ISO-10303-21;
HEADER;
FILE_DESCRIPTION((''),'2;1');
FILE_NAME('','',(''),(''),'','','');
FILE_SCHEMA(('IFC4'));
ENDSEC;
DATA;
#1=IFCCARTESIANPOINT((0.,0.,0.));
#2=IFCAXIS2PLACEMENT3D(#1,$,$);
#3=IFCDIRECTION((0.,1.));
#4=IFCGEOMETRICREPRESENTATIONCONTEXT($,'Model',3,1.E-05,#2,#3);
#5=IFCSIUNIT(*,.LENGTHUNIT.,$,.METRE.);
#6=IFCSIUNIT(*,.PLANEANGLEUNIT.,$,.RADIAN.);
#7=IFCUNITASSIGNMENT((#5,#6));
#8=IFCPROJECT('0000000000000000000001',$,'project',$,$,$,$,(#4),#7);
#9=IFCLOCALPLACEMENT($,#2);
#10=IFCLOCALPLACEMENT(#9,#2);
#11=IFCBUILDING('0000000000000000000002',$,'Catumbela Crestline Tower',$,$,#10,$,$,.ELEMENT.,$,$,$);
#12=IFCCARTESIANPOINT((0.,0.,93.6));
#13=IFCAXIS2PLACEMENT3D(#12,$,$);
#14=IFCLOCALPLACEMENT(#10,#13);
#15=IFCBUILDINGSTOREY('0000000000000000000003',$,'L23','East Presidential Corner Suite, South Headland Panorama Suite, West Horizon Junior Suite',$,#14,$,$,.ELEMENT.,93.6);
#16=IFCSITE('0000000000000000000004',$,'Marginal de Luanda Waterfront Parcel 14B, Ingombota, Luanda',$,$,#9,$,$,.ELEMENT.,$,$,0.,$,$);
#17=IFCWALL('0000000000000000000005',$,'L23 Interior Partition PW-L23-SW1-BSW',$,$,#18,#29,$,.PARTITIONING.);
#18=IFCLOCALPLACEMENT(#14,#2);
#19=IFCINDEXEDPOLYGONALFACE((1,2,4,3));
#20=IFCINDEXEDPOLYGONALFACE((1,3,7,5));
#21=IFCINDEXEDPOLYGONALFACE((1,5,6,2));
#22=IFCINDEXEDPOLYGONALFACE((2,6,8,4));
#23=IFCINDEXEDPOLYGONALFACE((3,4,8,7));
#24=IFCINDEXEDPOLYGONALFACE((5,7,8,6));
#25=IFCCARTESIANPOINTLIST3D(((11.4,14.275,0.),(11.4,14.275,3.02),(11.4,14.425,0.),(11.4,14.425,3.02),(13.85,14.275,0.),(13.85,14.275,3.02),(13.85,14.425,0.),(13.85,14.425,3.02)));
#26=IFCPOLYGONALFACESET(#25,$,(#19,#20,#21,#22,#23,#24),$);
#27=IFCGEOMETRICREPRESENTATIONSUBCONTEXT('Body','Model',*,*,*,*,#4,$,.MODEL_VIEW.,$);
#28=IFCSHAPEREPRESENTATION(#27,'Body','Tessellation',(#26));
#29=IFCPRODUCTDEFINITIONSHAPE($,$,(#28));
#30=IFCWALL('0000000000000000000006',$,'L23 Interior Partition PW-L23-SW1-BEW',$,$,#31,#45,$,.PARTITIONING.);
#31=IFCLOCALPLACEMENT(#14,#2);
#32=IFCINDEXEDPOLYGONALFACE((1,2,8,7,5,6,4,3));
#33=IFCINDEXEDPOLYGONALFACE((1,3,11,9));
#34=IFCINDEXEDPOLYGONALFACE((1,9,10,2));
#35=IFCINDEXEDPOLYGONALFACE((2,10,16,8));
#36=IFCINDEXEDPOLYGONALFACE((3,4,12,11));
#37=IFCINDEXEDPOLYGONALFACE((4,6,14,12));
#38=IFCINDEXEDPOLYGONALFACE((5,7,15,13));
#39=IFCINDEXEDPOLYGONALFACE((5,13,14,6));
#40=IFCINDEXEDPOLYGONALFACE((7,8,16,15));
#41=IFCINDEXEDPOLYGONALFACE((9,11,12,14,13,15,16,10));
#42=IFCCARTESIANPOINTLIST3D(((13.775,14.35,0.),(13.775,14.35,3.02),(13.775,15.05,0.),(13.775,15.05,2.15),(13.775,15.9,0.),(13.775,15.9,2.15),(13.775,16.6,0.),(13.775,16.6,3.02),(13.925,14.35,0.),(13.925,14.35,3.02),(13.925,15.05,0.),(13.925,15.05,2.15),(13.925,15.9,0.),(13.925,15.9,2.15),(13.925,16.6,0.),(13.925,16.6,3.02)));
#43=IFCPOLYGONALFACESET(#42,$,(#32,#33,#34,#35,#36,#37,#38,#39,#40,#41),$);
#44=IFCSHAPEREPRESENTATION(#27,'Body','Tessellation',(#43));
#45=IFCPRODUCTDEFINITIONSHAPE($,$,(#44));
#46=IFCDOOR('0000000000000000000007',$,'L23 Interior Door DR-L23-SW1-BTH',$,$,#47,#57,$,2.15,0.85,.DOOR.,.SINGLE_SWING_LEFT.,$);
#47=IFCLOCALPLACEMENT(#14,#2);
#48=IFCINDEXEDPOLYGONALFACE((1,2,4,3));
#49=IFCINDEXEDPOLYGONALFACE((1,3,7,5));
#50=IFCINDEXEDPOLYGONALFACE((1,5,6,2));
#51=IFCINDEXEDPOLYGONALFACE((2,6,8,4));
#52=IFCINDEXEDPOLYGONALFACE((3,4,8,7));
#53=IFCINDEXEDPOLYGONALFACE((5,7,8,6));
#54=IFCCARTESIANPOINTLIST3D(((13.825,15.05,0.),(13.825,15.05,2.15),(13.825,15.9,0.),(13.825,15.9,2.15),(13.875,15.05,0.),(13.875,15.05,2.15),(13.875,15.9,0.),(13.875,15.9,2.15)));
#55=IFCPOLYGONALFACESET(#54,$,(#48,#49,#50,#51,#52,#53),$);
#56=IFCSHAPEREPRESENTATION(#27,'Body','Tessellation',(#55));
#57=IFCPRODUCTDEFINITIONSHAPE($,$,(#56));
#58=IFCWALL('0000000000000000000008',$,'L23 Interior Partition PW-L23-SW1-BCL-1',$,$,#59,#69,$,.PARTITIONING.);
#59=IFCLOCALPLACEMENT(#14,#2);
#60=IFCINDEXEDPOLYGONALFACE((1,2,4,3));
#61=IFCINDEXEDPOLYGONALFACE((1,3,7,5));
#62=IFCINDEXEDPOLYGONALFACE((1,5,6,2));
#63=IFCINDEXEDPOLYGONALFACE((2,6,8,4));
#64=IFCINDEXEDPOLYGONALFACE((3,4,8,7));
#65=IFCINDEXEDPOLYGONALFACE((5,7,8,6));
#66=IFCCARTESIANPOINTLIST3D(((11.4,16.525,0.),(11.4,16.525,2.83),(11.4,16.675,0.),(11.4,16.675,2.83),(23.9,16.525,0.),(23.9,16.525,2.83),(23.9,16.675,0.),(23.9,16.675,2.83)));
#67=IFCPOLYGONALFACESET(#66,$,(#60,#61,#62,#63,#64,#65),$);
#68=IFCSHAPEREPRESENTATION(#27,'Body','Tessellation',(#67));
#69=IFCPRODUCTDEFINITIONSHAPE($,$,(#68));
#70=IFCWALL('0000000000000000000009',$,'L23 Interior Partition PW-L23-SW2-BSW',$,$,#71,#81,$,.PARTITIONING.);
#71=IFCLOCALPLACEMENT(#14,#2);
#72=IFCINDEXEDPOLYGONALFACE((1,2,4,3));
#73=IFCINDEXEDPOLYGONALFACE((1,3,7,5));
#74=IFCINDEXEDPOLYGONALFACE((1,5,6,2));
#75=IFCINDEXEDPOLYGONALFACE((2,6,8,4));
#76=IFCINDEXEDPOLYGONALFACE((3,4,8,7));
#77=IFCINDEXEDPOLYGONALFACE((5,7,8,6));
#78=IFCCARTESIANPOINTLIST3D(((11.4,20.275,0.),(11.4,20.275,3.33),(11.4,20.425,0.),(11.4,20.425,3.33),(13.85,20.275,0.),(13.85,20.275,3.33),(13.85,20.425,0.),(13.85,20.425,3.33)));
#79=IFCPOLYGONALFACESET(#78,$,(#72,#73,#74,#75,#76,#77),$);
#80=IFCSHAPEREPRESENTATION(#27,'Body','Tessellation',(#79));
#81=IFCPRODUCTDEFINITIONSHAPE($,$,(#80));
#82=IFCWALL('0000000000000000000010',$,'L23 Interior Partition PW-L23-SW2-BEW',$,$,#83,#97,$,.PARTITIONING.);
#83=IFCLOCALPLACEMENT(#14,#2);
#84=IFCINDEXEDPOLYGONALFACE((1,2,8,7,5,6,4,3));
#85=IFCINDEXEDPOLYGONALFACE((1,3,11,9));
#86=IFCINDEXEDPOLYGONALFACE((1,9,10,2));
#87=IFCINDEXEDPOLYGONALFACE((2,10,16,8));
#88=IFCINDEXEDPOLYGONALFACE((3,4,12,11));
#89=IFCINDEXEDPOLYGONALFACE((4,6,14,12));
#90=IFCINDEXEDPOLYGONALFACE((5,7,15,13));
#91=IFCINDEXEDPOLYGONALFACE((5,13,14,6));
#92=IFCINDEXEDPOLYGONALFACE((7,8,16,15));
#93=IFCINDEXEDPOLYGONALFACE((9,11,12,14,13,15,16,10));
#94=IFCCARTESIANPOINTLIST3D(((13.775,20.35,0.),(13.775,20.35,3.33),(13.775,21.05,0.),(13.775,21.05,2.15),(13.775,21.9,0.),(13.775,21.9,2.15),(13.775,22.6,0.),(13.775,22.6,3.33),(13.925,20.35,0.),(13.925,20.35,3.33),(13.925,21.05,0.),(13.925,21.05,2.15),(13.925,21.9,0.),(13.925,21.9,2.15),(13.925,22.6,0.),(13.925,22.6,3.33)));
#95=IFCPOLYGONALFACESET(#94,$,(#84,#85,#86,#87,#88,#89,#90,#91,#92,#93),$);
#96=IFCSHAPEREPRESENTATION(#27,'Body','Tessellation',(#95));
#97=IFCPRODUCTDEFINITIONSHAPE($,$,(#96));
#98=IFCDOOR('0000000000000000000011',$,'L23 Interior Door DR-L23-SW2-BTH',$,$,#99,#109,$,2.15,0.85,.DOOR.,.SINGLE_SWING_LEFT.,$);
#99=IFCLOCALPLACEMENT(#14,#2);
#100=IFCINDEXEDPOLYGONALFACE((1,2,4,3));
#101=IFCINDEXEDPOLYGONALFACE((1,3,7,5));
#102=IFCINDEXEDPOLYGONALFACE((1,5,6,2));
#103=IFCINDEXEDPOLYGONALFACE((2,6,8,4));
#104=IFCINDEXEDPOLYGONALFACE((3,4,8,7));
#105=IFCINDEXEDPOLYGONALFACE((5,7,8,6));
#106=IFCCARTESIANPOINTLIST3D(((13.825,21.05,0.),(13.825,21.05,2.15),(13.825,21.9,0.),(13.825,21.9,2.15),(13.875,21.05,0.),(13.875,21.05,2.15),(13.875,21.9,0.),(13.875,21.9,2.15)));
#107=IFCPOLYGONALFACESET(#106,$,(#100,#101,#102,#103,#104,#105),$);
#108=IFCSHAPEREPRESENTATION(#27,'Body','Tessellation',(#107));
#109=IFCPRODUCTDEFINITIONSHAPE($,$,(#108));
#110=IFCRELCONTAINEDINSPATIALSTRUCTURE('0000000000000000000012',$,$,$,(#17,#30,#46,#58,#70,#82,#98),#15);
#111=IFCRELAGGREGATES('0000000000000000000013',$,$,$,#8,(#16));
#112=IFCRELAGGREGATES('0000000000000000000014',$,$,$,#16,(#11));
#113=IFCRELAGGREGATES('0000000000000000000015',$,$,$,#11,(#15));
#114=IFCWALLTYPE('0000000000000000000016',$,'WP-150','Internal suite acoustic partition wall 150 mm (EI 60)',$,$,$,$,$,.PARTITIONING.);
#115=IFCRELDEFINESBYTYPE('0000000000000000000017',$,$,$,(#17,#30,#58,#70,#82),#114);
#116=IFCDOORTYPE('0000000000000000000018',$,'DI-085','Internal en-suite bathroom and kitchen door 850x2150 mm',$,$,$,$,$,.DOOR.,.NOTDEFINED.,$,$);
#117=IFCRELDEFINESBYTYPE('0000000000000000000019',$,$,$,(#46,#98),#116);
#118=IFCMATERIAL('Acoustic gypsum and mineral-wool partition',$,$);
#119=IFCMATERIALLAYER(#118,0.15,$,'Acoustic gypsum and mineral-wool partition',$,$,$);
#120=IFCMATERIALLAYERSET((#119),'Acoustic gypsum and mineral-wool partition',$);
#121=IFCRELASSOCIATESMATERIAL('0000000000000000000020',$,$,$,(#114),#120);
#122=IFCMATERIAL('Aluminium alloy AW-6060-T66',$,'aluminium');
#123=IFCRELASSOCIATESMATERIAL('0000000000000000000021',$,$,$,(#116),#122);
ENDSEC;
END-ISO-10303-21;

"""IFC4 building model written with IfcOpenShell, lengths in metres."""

from ifc_helpers import new_model, si_unit, direction, frame, frame_2d, origin, place, context, subcontext, project, spatial, rectangle, extrude, material, layer, layer_set, type_object, element, fill, save


model = new_model("IFC4")

# Units and contexts
model_context = context("Model", 3, precision=1e-05, world=origin(), true_north=direction((0.0, 1.0)))
body_context = subcontext(model_context, "Body", "Model", "MODEL_VIEW")
ifc_project = project(units=[si_unit("LENGTHUNIT", "METRE"), si_unit("PLANEANGLEUNIT", "RADIAN")], contexts=[model_context])

# Site, building, storey
site_placement = place(None, origin())
site = spatial("IfcSite", under=ifc_project, at=site_placement, Name="Marginal de Luanda Waterfront Parcel 14B, Ingombota, Luanda", CompositionType="ELEMENT", RefElevation=0.0)
building_placement = place(site_placement, origin())
building = spatial("IfcBuilding", under=site, at=building_placement, Name="Catumbela Crestline Tower", CompositionType="ELEMENT")
storey_placement = place(building_placement, frame((0.0, 0.0, 93.6)))
storey = spatial("IfcBuildingStorey", under=building, at=storey_placement, Name="L23", Description="East Presidential Corner Suite, South Headland Panorama Suite, West Horizon Junior Suite", CompositionType="ELEMENT", Elevation=93.6)

# Wall
ifc_material_1 = material(Name="Acoustic gypsum and mineral-wool partition")
ifc_layer = layer(ifc_material_1, 0.15, Name="Acoustic gypsum and mineral-wool partition")
ifc_layer_set = layer_set([ifc_layer], Name="Acoustic gypsum and mineral-wool partition")
wall_type = type_object("IfcWallType", Name="WP-150", Description="Internal suite acoustic partition wall 150 mm (EI 60)", PredefinedType="PARTITIONING", material=ifc_layer_set)
wall_1_placement = place(storey_placement, frame((11.4, 14.35, 0.0), z_axis=(0.0, 0.0, 1.0), x_axis=(1.0, 0.0, 0.0)))
element("IfcWall", 1, at=wall_1_placement, inside=storey, type_object=wall_type, Name="L23 Interior Partition PW-L23-SW1-BSW", PredefinedType="PARTITIONING", context=body_context, shape_type="SweptSolid", body=[
    extrude(rectangle(XDim=2.45, YDim=0.15, at=frame_2d((1.225, 0.0))), origin(), (0.0, 0.0, 1.0), 3.02),
])

# Wall, opening, door
wall_2_placement = place(storey_placement, frame((13.85, 14.35, 0.0), z_axis=(0.0, 0.0, 1.0), x_axis=(0.0, 1.0, 0.0)))
wall_2 = element("IfcWall", 2, at=wall_2_placement, inside=storey, type_object=wall_type, Name="L23 Interior Partition PW-L23-SW1-BEW", PredefinedType="PARTITIONING", context=body_context, shape_type="SweptSolid", body=[
    extrude(rectangle(XDim=2.25, YDim=0.15, at=frame_2d((1.125, 0.0))), origin(), (0.0, 0.0, 1.0), 3.02),
])
opening_1_placement = place(wall_2_placement, frame((0.7, 0.0, 0.0)))
opening_1 = element("IfcOpeningElement", 3, at=opening_1_placement, cuts=wall_2, PredefinedType="OPENING", context=body_context, shape_type="SweptSolid", body=[
    extrude(rectangle(XDim=0.85, YDim=2.15, at=frame_2d((0.425, 1.075))), frame((0.0, 0.085, 0.0), z_axis=(0.0, -1.0, 0.0), x_axis=(1.0, 0.0, 0.0)), (0.0, 0.0, 1.0), 0.17),
])
ifc_material_2 = material(Name="Aluminium alloy AW-6060-T66", Category="aluminium")
door_type = type_object("IfcDoorType", Name="DI-085", Description="Internal en-suite bathroom and kitchen door 850x2150 mm", OperationType="NOTDEFINED", PredefinedType="DOOR", material=ifc_material_2)
door_1_placement = place(opening_1_placement, origin())
door_1 = element("IfcDoor", 4, at=door_1_placement, inside=storey, type_object=door_type, Name="L23 Interior Door DR-L23-SW1-BTH", OperationType="SINGLE_SWING_LEFT", OverallHeight=2.15, OverallWidth=0.85, PredefinedType="DOOR", context=body_context, shape_type="SweptSolid", body=[
    extrude(rectangle(XDim=0.85, YDim=2.15, at=frame_2d((0.425, 1.075))), frame((0.0, 0.025, 0.0), z_axis=(0.0, -1.0, 0.0), x_axis=(1.0, 0.0, 0.0)), (0.0, 0.0, 1.0), 0.05),
])
fill(opening_1, door_1)

# Walls
wall_3_placement = place(storey_placement, frame((11.4, 16.6, 0.0), z_axis=(0.0, 0.0, 1.0), x_axis=(1.0, 0.0, 0.0)))
element("IfcWall", 5, at=wall_3_placement, inside=storey, type_object=wall_type, Name="L23 Interior Partition PW-L23-SW1-BCL-1", PredefinedType="PARTITIONING", context=body_context, shape_type="SweptSolid", body=[
    extrude(rectangle(XDim=12.5, YDim=0.15, at=frame_2d((6.25, 0.0))), origin(), (0.0, 0.0, 1.0), 2.83),
])
wall_4_placement = place(storey_placement, frame((11.4, 20.35, 0.0), z_axis=(0.0, 0.0, 1.0), x_axis=(1.0, 0.0, 0.0)))
element("IfcWall", 6, at=wall_4_placement, inside=storey, type_object=wall_type, Name="L23 Interior Partition PW-L23-SW2-BSW", PredefinedType="PARTITIONING", context=body_context, shape_type="SweptSolid", body=[
    extrude(rectangle(XDim=2.45, YDim=0.15, at=frame_2d((1.225, 0.0))), origin(), (0.0, 0.0, 1.0), 3.33),
])

# Wall, opening, door
wall_5_placement = place(storey_placement, frame((13.85, 20.35, 0.0), z_axis=(0.0, 0.0, 1.0), x_axis=(0.0, 1.0, 0.0)))
wall_5 = element("IfcWall", 7, at=wall_5_placement, inside=storey, type_object=wall_type, Name="L23 Interior Partition PW-L23-SW2-BEW", PredefinedType="PARTITIONING", context=body_context, shape_type="SweptSolid", body=[
    extrude(rectangle(XDim=2.25, YDim=0.15, at=frame_2d((1.125, 0.0))), origin(), (0.0, 0.0, 1.0), 3.33),
])
opening_2_placement = place(wall_5_placement, frame((0.7, 0.0, 0.0)))
opening_2 = element("IfcOpeningElement", 8, at=opening_2_placement, cuts=wall_5, PredefinedType="OPENING", context=body_context, shape_type="SweptSolid", body=[
    extrude(rectangle(XDim=0.85, YDim=2.15, at=frame_2d((0.425, 1.075))), frame((0.0, 0.085, 0.0), z_axis=(0.0, -1.0, 0.0), x_axis=(1.0, 0.0, 0.0)), (0.0, 0.0, 1.0), 0.17),
])
door_2_placement = place(opening_2_placement, origin())
door_2 = element("IfcDoor", 9, at=door_2_placement, inside=storey, type_object=door_type, Name="L23 Interior Door DR-L23-SW2-BTH", OperationType="SINGLE_SWING_LEFT", OverallHeight=2.15, OverallWidth=0.85, PredefinedType="DOOR", context=body_context, shape_type="SweptSolid", body=[
    extrude(rectangle(XDim=0.85, YDim=2.15, at=frame_2d((0.425, 1.075))), frame((0.0, 0.025, 0.0), z_axis=(0.0, -1.0, 0.0), x_axis=(1.0, 0.0, 0.0)), (0.0, 0.0, 1.0), 0.05),
])
fill(opening_2, door_2)

save(model, "model.ifc")
